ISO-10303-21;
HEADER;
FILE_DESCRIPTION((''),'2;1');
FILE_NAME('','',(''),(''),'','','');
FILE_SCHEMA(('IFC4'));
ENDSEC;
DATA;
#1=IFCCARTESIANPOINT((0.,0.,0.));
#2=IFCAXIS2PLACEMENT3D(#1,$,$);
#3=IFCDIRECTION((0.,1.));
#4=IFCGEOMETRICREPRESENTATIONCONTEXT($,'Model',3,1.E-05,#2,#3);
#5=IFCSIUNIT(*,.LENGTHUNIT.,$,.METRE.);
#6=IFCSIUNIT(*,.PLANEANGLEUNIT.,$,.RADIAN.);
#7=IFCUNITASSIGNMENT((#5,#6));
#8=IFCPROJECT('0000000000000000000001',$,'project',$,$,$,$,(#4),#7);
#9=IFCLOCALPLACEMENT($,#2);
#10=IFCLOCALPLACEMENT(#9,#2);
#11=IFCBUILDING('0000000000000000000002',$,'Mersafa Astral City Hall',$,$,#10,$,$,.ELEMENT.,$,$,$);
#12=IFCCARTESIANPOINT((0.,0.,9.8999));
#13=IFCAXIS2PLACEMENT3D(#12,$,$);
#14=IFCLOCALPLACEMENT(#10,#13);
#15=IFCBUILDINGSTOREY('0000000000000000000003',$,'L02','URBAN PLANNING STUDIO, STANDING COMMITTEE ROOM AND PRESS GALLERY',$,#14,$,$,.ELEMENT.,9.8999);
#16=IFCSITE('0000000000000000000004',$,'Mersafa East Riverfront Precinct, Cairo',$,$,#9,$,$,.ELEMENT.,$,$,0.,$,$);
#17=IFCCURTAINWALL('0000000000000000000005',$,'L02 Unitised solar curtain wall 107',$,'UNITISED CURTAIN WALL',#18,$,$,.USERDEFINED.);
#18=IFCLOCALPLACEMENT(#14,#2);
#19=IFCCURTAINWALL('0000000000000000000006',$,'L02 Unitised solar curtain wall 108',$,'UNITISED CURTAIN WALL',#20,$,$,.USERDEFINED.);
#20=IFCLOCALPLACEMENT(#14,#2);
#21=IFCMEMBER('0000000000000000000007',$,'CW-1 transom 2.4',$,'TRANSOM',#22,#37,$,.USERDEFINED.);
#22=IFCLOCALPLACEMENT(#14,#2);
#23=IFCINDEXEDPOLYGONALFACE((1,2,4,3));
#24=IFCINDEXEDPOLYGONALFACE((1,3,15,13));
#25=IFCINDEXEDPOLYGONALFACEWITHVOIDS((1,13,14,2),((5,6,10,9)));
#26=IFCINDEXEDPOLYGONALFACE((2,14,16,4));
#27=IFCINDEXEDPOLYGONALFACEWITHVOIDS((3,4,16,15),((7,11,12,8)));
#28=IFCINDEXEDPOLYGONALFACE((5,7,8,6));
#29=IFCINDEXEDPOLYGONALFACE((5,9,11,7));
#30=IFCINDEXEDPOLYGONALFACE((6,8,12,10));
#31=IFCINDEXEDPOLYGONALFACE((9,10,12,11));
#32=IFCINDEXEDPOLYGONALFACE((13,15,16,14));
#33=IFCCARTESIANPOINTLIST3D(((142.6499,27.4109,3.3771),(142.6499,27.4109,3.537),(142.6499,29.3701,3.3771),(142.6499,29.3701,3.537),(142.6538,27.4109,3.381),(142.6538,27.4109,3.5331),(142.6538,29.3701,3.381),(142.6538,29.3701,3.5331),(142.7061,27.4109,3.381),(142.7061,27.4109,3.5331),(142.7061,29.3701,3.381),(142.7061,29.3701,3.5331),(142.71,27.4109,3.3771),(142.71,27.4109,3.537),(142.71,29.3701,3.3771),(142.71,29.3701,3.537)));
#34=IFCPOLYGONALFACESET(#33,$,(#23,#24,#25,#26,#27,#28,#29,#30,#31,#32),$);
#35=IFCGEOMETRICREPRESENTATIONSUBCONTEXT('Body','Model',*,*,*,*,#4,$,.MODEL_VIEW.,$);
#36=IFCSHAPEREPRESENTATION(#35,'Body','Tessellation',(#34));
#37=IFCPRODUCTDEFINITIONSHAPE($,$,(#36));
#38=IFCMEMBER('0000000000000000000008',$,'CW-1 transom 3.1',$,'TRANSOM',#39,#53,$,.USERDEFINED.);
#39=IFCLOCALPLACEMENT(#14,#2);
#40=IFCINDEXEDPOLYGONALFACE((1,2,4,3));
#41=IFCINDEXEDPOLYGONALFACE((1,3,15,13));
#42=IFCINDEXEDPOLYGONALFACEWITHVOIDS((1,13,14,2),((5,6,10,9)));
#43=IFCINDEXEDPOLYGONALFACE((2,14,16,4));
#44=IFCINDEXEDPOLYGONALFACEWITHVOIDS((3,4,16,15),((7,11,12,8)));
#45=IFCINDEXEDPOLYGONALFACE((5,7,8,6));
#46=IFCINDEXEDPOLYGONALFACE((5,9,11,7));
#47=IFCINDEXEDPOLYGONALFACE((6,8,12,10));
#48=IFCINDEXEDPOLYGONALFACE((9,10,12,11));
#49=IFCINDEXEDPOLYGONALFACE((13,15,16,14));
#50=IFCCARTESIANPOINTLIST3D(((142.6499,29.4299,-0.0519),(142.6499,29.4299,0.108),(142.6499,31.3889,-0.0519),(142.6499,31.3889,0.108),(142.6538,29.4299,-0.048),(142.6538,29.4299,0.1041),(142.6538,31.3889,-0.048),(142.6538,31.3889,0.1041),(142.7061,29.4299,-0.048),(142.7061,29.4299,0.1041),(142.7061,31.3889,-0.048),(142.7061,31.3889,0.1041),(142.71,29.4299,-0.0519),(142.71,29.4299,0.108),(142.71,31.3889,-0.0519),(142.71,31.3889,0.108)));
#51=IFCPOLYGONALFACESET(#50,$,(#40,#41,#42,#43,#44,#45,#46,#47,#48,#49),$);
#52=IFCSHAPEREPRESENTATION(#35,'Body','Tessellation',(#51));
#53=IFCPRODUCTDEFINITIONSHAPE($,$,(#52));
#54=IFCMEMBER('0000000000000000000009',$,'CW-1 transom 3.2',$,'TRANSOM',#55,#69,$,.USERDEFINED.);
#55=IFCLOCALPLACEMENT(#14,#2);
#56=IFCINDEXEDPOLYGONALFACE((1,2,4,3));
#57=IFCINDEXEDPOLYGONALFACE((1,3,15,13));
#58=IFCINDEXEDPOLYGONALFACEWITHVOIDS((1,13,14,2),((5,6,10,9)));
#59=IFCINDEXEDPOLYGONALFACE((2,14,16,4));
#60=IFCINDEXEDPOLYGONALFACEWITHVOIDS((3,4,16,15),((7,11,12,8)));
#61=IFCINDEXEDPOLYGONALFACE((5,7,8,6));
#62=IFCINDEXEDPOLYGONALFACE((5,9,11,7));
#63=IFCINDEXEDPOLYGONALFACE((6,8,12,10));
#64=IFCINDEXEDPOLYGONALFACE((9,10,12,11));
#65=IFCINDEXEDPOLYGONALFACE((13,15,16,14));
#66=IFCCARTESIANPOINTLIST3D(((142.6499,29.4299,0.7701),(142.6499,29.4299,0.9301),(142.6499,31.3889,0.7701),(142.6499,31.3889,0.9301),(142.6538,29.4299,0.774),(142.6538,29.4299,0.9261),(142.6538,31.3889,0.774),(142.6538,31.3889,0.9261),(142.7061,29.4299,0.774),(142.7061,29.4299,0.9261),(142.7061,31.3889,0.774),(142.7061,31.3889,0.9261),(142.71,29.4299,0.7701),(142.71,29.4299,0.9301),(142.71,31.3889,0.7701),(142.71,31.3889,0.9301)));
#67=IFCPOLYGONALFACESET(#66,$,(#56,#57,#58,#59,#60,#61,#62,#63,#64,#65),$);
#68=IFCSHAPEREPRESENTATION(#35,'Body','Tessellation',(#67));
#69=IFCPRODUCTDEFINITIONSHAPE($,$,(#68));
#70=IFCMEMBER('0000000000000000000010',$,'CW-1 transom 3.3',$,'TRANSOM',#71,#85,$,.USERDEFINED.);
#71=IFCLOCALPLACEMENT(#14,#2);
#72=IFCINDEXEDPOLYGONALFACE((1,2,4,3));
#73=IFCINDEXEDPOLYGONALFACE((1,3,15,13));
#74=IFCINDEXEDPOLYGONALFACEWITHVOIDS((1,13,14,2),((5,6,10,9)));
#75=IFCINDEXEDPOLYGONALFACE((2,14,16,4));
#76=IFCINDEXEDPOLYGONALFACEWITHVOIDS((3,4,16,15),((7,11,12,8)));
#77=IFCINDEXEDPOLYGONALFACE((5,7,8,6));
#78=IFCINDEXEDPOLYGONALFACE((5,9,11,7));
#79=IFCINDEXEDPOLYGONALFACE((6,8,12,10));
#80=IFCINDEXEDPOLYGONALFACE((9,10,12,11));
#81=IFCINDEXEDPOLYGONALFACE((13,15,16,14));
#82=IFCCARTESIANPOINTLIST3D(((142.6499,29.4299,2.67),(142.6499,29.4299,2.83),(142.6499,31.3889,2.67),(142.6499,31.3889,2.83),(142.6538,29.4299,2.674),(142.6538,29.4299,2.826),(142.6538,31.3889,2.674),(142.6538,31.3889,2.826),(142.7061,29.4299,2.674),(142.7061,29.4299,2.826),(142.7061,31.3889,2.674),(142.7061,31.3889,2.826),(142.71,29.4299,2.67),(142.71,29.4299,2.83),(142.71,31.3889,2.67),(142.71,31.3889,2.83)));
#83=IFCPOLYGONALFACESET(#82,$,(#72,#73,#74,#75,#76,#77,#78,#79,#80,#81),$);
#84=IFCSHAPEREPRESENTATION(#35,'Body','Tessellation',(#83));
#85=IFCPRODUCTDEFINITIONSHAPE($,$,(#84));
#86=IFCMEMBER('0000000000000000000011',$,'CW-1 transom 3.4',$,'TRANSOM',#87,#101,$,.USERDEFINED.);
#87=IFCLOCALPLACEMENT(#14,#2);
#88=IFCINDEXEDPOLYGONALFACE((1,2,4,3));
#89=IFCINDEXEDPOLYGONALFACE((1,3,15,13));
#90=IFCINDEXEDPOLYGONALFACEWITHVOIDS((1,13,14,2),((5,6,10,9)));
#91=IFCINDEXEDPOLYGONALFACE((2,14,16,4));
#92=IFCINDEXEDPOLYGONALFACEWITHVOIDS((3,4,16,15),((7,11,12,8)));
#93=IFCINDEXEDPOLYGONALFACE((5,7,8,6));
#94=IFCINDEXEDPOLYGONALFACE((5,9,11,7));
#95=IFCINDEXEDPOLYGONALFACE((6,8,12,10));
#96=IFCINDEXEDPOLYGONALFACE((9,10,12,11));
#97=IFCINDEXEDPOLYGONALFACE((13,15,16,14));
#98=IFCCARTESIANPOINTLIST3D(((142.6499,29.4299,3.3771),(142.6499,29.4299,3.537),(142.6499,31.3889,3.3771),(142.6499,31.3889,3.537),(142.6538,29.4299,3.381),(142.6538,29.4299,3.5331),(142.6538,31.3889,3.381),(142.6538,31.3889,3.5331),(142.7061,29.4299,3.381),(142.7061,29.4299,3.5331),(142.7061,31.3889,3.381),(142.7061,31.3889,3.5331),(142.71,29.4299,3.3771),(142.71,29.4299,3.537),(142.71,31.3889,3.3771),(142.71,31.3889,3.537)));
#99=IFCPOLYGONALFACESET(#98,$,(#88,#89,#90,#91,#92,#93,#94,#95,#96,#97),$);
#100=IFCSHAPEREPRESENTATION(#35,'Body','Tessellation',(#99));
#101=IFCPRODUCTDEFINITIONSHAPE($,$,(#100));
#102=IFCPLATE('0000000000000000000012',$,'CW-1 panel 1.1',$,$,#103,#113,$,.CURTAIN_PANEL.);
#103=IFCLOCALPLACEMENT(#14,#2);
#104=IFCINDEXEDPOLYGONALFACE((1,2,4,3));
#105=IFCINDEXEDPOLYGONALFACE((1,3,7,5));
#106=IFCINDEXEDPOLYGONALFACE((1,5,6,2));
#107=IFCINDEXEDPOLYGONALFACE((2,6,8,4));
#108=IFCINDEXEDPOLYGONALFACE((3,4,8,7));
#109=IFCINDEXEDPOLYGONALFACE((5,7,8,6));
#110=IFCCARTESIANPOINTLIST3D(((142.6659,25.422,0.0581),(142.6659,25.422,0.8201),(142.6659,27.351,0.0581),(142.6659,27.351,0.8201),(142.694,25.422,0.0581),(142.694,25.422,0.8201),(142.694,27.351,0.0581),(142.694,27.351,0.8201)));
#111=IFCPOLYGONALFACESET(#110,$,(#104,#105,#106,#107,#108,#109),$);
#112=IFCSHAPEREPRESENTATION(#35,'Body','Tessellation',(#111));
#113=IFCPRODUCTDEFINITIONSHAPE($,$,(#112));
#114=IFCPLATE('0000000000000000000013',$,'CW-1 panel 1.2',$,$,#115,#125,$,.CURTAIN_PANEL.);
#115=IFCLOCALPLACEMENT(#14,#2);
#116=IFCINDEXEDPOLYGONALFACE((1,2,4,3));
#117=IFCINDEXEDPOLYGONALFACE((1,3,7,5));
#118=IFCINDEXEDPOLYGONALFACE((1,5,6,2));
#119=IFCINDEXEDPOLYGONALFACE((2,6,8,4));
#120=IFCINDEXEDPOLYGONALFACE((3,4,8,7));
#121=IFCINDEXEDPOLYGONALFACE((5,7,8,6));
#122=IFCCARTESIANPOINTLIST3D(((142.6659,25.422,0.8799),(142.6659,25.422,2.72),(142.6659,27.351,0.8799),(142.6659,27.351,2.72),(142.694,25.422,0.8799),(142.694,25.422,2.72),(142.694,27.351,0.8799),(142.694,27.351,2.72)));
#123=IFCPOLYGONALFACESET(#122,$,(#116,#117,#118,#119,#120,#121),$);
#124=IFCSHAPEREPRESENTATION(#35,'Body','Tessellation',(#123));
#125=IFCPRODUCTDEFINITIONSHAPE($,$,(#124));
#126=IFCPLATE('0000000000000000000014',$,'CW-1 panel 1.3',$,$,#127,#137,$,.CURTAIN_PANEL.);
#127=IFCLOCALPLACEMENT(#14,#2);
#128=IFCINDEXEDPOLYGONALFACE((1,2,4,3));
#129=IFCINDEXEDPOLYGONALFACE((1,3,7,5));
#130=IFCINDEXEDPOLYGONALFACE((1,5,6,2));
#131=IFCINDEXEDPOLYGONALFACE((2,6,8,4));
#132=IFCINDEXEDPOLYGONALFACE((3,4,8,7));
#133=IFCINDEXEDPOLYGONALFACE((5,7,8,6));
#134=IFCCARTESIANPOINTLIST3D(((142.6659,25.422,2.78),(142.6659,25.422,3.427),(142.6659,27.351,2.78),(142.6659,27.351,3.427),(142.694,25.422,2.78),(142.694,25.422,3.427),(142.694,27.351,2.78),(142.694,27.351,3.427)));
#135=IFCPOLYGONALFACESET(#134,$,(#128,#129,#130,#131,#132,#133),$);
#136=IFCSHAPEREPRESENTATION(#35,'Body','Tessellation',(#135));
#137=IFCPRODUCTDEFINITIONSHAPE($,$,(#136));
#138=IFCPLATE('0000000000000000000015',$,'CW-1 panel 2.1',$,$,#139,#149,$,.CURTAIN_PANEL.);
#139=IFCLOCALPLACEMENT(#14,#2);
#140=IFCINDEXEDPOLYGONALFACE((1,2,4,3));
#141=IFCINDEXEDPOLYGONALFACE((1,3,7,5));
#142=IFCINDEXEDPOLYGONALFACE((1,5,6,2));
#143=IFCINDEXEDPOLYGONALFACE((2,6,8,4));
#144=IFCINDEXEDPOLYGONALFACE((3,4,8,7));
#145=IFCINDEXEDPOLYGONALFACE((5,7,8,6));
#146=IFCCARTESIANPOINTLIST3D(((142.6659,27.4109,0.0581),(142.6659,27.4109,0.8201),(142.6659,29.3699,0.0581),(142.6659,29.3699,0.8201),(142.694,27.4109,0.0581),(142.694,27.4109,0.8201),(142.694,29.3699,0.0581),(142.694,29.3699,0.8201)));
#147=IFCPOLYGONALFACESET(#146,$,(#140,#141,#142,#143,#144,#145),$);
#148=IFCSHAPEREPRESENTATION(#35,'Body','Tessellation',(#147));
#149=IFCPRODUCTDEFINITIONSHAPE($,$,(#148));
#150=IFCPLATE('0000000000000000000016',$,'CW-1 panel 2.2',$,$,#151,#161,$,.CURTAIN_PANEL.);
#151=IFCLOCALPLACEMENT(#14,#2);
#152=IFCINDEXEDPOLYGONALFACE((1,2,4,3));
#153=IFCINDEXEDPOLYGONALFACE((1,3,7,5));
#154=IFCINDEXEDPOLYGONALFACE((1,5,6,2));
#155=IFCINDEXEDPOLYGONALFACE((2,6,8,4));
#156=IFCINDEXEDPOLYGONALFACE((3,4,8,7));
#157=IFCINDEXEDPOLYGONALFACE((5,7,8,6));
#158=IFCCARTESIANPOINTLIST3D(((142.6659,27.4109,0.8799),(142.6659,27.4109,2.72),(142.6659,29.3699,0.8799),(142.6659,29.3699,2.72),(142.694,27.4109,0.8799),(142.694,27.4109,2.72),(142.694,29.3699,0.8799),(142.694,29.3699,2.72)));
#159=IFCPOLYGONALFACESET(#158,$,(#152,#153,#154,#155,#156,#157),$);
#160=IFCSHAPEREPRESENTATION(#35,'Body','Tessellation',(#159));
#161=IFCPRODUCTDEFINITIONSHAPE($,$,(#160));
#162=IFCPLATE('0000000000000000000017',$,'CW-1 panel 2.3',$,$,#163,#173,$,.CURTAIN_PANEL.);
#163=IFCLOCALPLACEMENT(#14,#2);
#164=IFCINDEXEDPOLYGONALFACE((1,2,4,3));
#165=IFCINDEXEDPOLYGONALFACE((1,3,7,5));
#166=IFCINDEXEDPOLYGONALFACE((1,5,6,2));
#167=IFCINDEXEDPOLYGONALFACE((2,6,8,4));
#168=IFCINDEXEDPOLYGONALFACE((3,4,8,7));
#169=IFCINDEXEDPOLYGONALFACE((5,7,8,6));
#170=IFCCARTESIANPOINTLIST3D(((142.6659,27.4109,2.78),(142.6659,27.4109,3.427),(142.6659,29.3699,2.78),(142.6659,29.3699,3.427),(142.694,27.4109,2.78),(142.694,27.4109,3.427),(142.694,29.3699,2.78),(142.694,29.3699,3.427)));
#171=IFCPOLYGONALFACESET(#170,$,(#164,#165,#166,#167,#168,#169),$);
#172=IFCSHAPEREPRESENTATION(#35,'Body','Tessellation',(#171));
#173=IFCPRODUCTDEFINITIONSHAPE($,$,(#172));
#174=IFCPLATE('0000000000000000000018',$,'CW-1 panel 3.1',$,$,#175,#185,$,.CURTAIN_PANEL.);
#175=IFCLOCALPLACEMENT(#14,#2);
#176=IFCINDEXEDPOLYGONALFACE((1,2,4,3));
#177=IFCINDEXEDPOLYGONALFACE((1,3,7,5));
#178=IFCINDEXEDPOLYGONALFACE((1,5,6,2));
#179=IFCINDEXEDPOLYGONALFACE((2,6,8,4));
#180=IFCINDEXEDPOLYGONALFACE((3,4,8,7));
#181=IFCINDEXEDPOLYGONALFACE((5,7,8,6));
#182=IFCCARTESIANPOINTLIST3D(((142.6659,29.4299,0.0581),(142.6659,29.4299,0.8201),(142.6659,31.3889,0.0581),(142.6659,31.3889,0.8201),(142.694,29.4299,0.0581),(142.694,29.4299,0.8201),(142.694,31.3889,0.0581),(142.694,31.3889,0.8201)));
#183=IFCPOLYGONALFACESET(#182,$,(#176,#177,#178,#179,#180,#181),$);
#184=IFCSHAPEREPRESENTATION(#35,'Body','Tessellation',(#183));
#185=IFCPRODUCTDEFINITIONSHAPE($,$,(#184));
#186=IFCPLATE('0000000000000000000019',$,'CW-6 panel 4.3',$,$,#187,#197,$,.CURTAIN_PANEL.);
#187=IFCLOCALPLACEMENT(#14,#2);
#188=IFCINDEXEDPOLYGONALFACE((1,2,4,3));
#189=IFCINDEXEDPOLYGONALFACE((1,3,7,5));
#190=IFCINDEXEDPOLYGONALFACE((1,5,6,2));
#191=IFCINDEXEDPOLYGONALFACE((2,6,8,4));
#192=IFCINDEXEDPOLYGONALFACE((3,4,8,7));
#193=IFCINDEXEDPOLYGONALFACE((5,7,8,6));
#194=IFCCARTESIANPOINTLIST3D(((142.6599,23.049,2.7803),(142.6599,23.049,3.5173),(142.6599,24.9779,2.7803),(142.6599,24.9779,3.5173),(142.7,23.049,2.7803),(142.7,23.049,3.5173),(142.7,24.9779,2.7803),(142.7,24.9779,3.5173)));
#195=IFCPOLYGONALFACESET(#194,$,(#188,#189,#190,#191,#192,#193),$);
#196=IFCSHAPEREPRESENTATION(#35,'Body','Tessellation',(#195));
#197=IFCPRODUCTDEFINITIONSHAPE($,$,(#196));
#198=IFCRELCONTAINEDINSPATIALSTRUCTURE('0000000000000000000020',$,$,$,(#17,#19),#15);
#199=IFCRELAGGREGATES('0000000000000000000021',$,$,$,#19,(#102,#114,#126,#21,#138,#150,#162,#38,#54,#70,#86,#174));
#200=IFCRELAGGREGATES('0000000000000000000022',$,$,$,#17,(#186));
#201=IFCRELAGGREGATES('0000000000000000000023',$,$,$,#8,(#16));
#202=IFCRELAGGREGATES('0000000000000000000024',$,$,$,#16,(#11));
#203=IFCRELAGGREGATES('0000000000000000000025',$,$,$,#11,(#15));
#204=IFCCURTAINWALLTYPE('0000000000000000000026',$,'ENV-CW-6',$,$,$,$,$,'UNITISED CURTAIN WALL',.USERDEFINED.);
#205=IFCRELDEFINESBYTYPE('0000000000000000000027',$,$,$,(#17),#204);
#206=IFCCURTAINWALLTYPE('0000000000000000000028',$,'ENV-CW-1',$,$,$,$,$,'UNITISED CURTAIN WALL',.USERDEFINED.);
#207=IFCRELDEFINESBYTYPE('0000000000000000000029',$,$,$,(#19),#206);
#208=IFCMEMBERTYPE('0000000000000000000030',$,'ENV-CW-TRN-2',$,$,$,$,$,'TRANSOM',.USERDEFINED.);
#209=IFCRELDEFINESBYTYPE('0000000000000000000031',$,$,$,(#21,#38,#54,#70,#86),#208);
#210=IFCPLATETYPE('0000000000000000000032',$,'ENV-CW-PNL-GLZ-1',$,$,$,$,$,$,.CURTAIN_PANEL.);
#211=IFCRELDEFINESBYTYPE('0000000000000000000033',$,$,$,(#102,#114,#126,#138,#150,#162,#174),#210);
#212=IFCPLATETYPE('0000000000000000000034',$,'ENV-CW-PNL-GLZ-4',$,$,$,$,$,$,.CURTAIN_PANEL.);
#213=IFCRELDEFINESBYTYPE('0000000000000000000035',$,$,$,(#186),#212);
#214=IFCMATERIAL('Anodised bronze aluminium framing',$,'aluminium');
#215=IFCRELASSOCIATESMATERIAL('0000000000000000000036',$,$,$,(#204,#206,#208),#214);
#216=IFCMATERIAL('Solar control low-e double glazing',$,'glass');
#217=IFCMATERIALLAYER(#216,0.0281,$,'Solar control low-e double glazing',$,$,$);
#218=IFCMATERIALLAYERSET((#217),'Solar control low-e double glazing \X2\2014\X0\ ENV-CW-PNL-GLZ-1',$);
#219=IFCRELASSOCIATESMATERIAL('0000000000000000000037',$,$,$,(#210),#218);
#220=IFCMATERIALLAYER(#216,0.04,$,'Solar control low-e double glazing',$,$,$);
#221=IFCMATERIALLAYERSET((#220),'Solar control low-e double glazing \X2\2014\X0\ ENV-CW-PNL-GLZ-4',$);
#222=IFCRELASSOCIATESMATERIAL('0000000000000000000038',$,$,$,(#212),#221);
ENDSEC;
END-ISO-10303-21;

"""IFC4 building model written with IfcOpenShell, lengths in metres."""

from ifc_helpers import new_model, si_unit, direction, frame, origin, origin_2d, place, context, subcontext, project, spatial, rectangle, hollow_rectangle, extrude, material, layer, layer_set, material_profile, profile_set, type_object, element, aggregate, save


model = new_model("IFC4")

# Units and contexts
model_context = context("Model", 3, precision=1e-05, world=origin(), true_north=direction((0.0, 1.0)))
body_context = subcontext(model_context, "Body", "Model", "MODEL_VIEW")
ifc_project = project(units=[si_unit("LENGTHUNIT", "METRE"), si_unit("PLANEANGLEUNIT", "RADIAN")], contexts=[model_context])

# Site, building, storey
site_placement = place(None, origin())
site = spatial("IfcSite", under=ifc_project, at=site_placement, Name="Mersafa East Riverfront Precinct, Cairo", CompositionType="ELEMENT", RefElevation=0.0)
building_placement = place(site_placement, origin())
building = spatial("IfcBuilding", under=site, at=building_placement, Name="Mersafa Astral City Hall", CompositionType="ELEMENT")
storey_placement = place(building_placement, frame((0.0, 0.0, 9.8999)))
storey = spatial("IfcBuildingStorey", under=building, at=storey_placement, Name="L02", Description="URBAN PLANNING STUDIO, STANDING COMMITTEE ROOM AND PRESS GALLERY", CompositionType="ELEMENT", Elevation=9.8999)

# Curtain wall
ifc_material_1 = material(Name="Anodised bronze aluminium framing", Category="aluminium")
curtain_wall_type_1 = type_object("IfcCurtainWallType", Name="ENV-CW-6", ElementType="UNITISED CURTAIN WALL", PredefinedType="USERDEFINED", material=ifc_material_1)
curtain_wall_1_placement = place(storey_placement, origin())
curtain_wall_1 = element("IfcCurtainWall", 1, at=curtain_wall_1_placement, inside=storey, type_object=curtain_wall_type_1, Name="L02 Unitised solar curtain wall 107", ObjectType="UNITISED CURTAIN WALL", PredefinedType="USERDEFINED")

# Curtain wall, members, plates
curtain_wall_type_2 = type_object("IfcCurtainWallType", Name="ENV-CW-1", ElementType="UNITISED CURTAIN WALL", PredefinedType="USERDEFINED", material=ifc_material_1)
curtain_wall_2_placement = place(storey_placement, origin())
curtain_wall_2 = element("IfcCurtainWall", 2, at=curtain_wall_2_placement, inside=storey, type_object=curtain_wall_type_2, Name="L02 Unitised solar curtain wall 108", ObjectType="UNITISED CURTAIN WALL", PredefinedType="USERDEFINED")
ifc_material_profile_1 = material_profile(ifc_material_1, hollow_rectangle(XDim=0.0601, YDim=0.1599, WallThickness=0.0039, at=origin_2d()), Name="RHS 60x160x4")
ifc_profile_set_1 = profile_set([ifc_material_profile_1], Name="Anodised bronze aluminium framing")
member_type_1 = type_object("IfcMemberType", Name="ENV-CW-TRN-2", ElementType="TRANSOM", PredefinedType="USERDEFINED", material=ifc_profile_set_1)
member_1_placement = place(storey_placement, frame((142.6799, 27.4109, 3.457), z_axis=(0.0, 1.0, 0.0), x_axis=(-1.0, 0.0, 0.0)))
member_1 = element("IfcMember", 3, at=member_1_placement, type_object=member_type_1, Name="CW-1 transom 2.4", ObjectType="TRANSOM", PredefinedType="USERDEFINED", context=body_context, shape_type="SweptSolid", body=[
    extrude(hollow_rectangle(XDim=0.0601, YDim=0.1599, WallThickness=0.0039, at=origin_2d()), origin(), (0.0, 0.0, 1.0), 1.9592),
])
member_2_placement = place(storey_placement, frame((142.6799, 29.4299, 0.0281), z_axis=(0.0, 1.0, 0.0), x_axis=(-1.0, 0.0, 0.0)))
member_2 = element("IfcMember", 4, at=member_2_placement, type_object=member_type_1, Name="CW-1 transom 3.1", ObjectType="TRANSOM", PredefinedType="USERDEFINED", context=body_context, shape_type="SweptSolid", body=[
    extrude(hollow_rectangle(XDim=0.0601, YDim=0.1599, WallThickness=0.0039, at=origin_2d()), origin(), (0.0, 0.0, 1.0), 1.959),
])
member_3_placement = place(storey_placement, frame((142.6799, 29.4299, 0.8501), z_axis=(0.0, 1.0, 0.0), x_axis=(-1.0, 0.0, 0.0)))
member_3 = element("IfcMember", 5, at=member_3_placement, type_object=member_type_1, Name="CW-1 transom 3.2", ObjectType="TRANSOM", PredefinedType="USERDEFINED", context=body_context, shape_type="SweptSolid", body=[
    extrude(hollow_rectangle(XDim=0.0601, YDim=0.1599, WallThickness=0.0039, at=origin_2d()), origin(), (0.0, 0.0, 1.0), 1.959),
])
member_4_placement = place(storey_placement, frame((142.6799, 29.4299, 2.75), z_axis=(0.0, 1.0, 0.0), x_axis=(-1.0, 0.0, 0.0)))
member_4 = element("IfcMember", 6, at=member_4_placement, type_object=member_type_1, Name="CW-1 transom 3.3", ObjectType="TRANSOM", PredefinedType="USERDEFINED", context=body_context, shape_type="SweptSolid", body=[
    extrude(hollow_rectangle(XDim=0.0601, YDim=0.1599, WallThickness=0.0039, at=origin_2d()), origin(), (0.0, 0.0, 1.0), 1.959),
])
member_5_placement = place(storey_placement, frame((142.6799, 29.4299, 3.457), z_axis=(0.0, 1.0, 0.0), x_axis=(-1.0, 0.0, 0.0)))
member_5 = element("IfcMember", 7, at=member_5_placement, type_object=member_type_1, Name="CW-1 transom 3.4", ObjectType="TRANSOM", PredefinedType="USERDEFINED", context=body_context, shape_type="SweptSolid", body=[
    extrude(hollow_rectangle(XDim=0.0601, YDim=0.1599, WallThickness=0.0039, at=origin_2d()), origin(), (0.0, 0.0, 1.0), 1.959),
])
ifc_material_2 = material(Name="Solar control low-e double glazing", Category="glass")
ifc_layer_1 = layer(ifc_material_2, 0.0281, Name="Solar control low-e double glazing")
ifc_layer_set_1 = layer_set([ifc_layer_1], Name="Solar control low-e double glazing — ENV-CW-PNL-GLZ-1")
plate_type_1 = type_object("IfcPlateType", Name="ENV-CW-PNL-GLZ-1", PredefinedType="CURTAIN_PANEL", material=ifc_layer_set_1)
plate_1_placement = place(storey_placement, frame((142.6799, 26.3865, 0.0581), z_axis=(0.0, 0.0, 1.0), x_axis=(0.0, 1.0, 0.0)))
plate_1 = element("IfcPlate", 8, at=plate_1_placement, type_object=plate_type_1, Name="CW-1 panel 1.1", PredefinedType="CURTAIN_PANEL", context=body_context, shape_type="SweptSolid", body=[
    extrude(rectangle(XDim=1.929, YDim=0.0281, at=origin_2d()), origin(), (0.0, 0.0, 1.0), 0.762),
])
plate_2_placement = place(storey_placement, frame((142.6799, 26.3865, 0.8799), z_axis=(0.0, 0.0, 1.0), x_axis=(0.0, 1.0, 0.0)))
plate_2 = element("IfcPlate", 9, at=plate_2_placement, type_object=plate_type_1, Name="CW-1 panel 1.2", PredefinedType="CURTAIN_PANEL", context=body_context, shape_type="SweptSolid", body=[
    extrude(rectangle(XDim=1.929, YDim=0.0281, at=origin_2d()), origin(), (0.0, 0.0, 1.0), 1.8401),
])
plate_3_placement = place(storey_placement, frame((142.6799, 26.3865, 2.78), z_axis=(0.0, 0.0, 1.0), x_axis=(0.0, 1.0, 0.0)))
plate_3 = element("IfcPlate", 10, at=plate_3_placement, type_object=plate_type_1, Name="CW-1 panel 1.3", PredefinedType="CURTAIN_PANEL", context=body_context, shape_type="SweptSolid", body=[
    extrude(rectangle(XDim=1.929, YDim=0.0281, at=origin_2d()), origin(), (0.0, 0.0, 1.0), 0.647),
])
plate_4_placement = place(storey_placement, frame((142.6799, 28.3904, 0.0581), z_axis=(0.0, 0.0, 1.0), x_axis=(0.0, 1.0, 0.0)))
plate_4 = element("IfcPlate", 11, at=plate_4_placement, type_object=plate_type_1, Name="CW-1 panel 2.1", PredefinedType="CURTAIN_PANEL", context=body_context, shape_type="SweptSolid", body=[
    extrude(rectangle(XDim=1.959, YDim=0.0281, at=origin_2d()), origin(), (0.0, 0.0, 1.0), 0.762),
])
plate_5_placement = place(storey_placement, frame((142.6799, 28.3904, 0.8799), z_axis=(0.0, 0.0, 1.0), x_axis=(0.0, 1.0, 0.0)))
plate_5 = element("IfcPlate", 12, at=plate_5_placement, type_object=plate_type_1, Name="CW-1 panel 2.2", PredefinedType="CURTAIN_PANEL", context=body_context, shape_type="SweptSolid", body=[
    extrude(rectangle(XDim=1.959, YDim=0.0281, at=origin_2d()), origin(), (0.0, 0.0, 1.0), 1.8401),
])
plate_6_placement = place(storey_placement, frame((142.6799, 28.3904, 2.78), z_axis=(0.0, 0.0, 1.0), x_axis=(0.0, 1.0, 0.0)))
plate_6 = element("IfcPlate", 13, at=plate_6_placement, type_object=plate_type_1, Name="CW-1 panel 2.3", PredefinedType="CURTAIN_PANEL", context=body_context, shape_type="SweptSolid", body=[
    extrude(rectangle(XDim=1.959, YDim=0.0281, at=origin_2d()), origin(), (0.0, 0.0, 1.0), 0.647),
])
plate_7_placement = place(storey_placement, frame((142.6799, 30.4094, 0.0581), z_axis=(0.0, 0.0, 1.0), x_axis=(0.0, 1.0, 0.0)))
plate_7 = element("IfcPlate", 14, at=plate_7_placement, type_object=plate_type_1, Name="CW-1 panel 3.1", PredefinedType="CURTAIN_PANEL", context=body_context, shape_type="SweptSolid", body=[
    extrude(rectangle(XDim=1.959, YDim=0.0281, at=origin_2d()), origin(), (0.0, 0.0, 1.0), 0.762),
])
aggregate(curtain_wall_2, [plate_1, plate_2, plate_3, member_1, plate_4, plate_5, plate_6, member_2, member_3, member_4, member_5, plate_7])

# Plate
ifc_layer_2 = layer(ifc_material_2, 0.04, Name="Solar control low-e double glazing")
ifc_layer_set_2 = layer_set([ifc_layer_2], Name="Solar control low-e double glazing — ENV-CW-PNL-GLZ-4")
plate_type_2 = type_object("IfcPlateType", Name="ENV-CW-PNL-GLZ-4", PredefinedType="CURTAIN_PANEL", material=ifc_layer_set_2)
plate_8_placement = place(storey_placement, frame((142.6799, 24.0134, 2.7803), z_axis=(0.0, 0.0, 1.0), x_axis=(0.0, 1.0, 0.0)))
plate_8 = element("IfcPlate", 15, at=plate_8_placement, type_object=plate_type_2, Name="CW-6 panel 4.3", PredefinedType="CURTAIN_PANEL", context=body_context, shape_type="SweptSolid", body=[
    extrude(rectangle(XDim=1.929, YDim=0.04, at=origin_2d()), origin(), (0.0, 0.0, 1.0), 0.7371),
])
aggregate(curtain_wall_1, [plate_8])

save(model, "model.ifc")
